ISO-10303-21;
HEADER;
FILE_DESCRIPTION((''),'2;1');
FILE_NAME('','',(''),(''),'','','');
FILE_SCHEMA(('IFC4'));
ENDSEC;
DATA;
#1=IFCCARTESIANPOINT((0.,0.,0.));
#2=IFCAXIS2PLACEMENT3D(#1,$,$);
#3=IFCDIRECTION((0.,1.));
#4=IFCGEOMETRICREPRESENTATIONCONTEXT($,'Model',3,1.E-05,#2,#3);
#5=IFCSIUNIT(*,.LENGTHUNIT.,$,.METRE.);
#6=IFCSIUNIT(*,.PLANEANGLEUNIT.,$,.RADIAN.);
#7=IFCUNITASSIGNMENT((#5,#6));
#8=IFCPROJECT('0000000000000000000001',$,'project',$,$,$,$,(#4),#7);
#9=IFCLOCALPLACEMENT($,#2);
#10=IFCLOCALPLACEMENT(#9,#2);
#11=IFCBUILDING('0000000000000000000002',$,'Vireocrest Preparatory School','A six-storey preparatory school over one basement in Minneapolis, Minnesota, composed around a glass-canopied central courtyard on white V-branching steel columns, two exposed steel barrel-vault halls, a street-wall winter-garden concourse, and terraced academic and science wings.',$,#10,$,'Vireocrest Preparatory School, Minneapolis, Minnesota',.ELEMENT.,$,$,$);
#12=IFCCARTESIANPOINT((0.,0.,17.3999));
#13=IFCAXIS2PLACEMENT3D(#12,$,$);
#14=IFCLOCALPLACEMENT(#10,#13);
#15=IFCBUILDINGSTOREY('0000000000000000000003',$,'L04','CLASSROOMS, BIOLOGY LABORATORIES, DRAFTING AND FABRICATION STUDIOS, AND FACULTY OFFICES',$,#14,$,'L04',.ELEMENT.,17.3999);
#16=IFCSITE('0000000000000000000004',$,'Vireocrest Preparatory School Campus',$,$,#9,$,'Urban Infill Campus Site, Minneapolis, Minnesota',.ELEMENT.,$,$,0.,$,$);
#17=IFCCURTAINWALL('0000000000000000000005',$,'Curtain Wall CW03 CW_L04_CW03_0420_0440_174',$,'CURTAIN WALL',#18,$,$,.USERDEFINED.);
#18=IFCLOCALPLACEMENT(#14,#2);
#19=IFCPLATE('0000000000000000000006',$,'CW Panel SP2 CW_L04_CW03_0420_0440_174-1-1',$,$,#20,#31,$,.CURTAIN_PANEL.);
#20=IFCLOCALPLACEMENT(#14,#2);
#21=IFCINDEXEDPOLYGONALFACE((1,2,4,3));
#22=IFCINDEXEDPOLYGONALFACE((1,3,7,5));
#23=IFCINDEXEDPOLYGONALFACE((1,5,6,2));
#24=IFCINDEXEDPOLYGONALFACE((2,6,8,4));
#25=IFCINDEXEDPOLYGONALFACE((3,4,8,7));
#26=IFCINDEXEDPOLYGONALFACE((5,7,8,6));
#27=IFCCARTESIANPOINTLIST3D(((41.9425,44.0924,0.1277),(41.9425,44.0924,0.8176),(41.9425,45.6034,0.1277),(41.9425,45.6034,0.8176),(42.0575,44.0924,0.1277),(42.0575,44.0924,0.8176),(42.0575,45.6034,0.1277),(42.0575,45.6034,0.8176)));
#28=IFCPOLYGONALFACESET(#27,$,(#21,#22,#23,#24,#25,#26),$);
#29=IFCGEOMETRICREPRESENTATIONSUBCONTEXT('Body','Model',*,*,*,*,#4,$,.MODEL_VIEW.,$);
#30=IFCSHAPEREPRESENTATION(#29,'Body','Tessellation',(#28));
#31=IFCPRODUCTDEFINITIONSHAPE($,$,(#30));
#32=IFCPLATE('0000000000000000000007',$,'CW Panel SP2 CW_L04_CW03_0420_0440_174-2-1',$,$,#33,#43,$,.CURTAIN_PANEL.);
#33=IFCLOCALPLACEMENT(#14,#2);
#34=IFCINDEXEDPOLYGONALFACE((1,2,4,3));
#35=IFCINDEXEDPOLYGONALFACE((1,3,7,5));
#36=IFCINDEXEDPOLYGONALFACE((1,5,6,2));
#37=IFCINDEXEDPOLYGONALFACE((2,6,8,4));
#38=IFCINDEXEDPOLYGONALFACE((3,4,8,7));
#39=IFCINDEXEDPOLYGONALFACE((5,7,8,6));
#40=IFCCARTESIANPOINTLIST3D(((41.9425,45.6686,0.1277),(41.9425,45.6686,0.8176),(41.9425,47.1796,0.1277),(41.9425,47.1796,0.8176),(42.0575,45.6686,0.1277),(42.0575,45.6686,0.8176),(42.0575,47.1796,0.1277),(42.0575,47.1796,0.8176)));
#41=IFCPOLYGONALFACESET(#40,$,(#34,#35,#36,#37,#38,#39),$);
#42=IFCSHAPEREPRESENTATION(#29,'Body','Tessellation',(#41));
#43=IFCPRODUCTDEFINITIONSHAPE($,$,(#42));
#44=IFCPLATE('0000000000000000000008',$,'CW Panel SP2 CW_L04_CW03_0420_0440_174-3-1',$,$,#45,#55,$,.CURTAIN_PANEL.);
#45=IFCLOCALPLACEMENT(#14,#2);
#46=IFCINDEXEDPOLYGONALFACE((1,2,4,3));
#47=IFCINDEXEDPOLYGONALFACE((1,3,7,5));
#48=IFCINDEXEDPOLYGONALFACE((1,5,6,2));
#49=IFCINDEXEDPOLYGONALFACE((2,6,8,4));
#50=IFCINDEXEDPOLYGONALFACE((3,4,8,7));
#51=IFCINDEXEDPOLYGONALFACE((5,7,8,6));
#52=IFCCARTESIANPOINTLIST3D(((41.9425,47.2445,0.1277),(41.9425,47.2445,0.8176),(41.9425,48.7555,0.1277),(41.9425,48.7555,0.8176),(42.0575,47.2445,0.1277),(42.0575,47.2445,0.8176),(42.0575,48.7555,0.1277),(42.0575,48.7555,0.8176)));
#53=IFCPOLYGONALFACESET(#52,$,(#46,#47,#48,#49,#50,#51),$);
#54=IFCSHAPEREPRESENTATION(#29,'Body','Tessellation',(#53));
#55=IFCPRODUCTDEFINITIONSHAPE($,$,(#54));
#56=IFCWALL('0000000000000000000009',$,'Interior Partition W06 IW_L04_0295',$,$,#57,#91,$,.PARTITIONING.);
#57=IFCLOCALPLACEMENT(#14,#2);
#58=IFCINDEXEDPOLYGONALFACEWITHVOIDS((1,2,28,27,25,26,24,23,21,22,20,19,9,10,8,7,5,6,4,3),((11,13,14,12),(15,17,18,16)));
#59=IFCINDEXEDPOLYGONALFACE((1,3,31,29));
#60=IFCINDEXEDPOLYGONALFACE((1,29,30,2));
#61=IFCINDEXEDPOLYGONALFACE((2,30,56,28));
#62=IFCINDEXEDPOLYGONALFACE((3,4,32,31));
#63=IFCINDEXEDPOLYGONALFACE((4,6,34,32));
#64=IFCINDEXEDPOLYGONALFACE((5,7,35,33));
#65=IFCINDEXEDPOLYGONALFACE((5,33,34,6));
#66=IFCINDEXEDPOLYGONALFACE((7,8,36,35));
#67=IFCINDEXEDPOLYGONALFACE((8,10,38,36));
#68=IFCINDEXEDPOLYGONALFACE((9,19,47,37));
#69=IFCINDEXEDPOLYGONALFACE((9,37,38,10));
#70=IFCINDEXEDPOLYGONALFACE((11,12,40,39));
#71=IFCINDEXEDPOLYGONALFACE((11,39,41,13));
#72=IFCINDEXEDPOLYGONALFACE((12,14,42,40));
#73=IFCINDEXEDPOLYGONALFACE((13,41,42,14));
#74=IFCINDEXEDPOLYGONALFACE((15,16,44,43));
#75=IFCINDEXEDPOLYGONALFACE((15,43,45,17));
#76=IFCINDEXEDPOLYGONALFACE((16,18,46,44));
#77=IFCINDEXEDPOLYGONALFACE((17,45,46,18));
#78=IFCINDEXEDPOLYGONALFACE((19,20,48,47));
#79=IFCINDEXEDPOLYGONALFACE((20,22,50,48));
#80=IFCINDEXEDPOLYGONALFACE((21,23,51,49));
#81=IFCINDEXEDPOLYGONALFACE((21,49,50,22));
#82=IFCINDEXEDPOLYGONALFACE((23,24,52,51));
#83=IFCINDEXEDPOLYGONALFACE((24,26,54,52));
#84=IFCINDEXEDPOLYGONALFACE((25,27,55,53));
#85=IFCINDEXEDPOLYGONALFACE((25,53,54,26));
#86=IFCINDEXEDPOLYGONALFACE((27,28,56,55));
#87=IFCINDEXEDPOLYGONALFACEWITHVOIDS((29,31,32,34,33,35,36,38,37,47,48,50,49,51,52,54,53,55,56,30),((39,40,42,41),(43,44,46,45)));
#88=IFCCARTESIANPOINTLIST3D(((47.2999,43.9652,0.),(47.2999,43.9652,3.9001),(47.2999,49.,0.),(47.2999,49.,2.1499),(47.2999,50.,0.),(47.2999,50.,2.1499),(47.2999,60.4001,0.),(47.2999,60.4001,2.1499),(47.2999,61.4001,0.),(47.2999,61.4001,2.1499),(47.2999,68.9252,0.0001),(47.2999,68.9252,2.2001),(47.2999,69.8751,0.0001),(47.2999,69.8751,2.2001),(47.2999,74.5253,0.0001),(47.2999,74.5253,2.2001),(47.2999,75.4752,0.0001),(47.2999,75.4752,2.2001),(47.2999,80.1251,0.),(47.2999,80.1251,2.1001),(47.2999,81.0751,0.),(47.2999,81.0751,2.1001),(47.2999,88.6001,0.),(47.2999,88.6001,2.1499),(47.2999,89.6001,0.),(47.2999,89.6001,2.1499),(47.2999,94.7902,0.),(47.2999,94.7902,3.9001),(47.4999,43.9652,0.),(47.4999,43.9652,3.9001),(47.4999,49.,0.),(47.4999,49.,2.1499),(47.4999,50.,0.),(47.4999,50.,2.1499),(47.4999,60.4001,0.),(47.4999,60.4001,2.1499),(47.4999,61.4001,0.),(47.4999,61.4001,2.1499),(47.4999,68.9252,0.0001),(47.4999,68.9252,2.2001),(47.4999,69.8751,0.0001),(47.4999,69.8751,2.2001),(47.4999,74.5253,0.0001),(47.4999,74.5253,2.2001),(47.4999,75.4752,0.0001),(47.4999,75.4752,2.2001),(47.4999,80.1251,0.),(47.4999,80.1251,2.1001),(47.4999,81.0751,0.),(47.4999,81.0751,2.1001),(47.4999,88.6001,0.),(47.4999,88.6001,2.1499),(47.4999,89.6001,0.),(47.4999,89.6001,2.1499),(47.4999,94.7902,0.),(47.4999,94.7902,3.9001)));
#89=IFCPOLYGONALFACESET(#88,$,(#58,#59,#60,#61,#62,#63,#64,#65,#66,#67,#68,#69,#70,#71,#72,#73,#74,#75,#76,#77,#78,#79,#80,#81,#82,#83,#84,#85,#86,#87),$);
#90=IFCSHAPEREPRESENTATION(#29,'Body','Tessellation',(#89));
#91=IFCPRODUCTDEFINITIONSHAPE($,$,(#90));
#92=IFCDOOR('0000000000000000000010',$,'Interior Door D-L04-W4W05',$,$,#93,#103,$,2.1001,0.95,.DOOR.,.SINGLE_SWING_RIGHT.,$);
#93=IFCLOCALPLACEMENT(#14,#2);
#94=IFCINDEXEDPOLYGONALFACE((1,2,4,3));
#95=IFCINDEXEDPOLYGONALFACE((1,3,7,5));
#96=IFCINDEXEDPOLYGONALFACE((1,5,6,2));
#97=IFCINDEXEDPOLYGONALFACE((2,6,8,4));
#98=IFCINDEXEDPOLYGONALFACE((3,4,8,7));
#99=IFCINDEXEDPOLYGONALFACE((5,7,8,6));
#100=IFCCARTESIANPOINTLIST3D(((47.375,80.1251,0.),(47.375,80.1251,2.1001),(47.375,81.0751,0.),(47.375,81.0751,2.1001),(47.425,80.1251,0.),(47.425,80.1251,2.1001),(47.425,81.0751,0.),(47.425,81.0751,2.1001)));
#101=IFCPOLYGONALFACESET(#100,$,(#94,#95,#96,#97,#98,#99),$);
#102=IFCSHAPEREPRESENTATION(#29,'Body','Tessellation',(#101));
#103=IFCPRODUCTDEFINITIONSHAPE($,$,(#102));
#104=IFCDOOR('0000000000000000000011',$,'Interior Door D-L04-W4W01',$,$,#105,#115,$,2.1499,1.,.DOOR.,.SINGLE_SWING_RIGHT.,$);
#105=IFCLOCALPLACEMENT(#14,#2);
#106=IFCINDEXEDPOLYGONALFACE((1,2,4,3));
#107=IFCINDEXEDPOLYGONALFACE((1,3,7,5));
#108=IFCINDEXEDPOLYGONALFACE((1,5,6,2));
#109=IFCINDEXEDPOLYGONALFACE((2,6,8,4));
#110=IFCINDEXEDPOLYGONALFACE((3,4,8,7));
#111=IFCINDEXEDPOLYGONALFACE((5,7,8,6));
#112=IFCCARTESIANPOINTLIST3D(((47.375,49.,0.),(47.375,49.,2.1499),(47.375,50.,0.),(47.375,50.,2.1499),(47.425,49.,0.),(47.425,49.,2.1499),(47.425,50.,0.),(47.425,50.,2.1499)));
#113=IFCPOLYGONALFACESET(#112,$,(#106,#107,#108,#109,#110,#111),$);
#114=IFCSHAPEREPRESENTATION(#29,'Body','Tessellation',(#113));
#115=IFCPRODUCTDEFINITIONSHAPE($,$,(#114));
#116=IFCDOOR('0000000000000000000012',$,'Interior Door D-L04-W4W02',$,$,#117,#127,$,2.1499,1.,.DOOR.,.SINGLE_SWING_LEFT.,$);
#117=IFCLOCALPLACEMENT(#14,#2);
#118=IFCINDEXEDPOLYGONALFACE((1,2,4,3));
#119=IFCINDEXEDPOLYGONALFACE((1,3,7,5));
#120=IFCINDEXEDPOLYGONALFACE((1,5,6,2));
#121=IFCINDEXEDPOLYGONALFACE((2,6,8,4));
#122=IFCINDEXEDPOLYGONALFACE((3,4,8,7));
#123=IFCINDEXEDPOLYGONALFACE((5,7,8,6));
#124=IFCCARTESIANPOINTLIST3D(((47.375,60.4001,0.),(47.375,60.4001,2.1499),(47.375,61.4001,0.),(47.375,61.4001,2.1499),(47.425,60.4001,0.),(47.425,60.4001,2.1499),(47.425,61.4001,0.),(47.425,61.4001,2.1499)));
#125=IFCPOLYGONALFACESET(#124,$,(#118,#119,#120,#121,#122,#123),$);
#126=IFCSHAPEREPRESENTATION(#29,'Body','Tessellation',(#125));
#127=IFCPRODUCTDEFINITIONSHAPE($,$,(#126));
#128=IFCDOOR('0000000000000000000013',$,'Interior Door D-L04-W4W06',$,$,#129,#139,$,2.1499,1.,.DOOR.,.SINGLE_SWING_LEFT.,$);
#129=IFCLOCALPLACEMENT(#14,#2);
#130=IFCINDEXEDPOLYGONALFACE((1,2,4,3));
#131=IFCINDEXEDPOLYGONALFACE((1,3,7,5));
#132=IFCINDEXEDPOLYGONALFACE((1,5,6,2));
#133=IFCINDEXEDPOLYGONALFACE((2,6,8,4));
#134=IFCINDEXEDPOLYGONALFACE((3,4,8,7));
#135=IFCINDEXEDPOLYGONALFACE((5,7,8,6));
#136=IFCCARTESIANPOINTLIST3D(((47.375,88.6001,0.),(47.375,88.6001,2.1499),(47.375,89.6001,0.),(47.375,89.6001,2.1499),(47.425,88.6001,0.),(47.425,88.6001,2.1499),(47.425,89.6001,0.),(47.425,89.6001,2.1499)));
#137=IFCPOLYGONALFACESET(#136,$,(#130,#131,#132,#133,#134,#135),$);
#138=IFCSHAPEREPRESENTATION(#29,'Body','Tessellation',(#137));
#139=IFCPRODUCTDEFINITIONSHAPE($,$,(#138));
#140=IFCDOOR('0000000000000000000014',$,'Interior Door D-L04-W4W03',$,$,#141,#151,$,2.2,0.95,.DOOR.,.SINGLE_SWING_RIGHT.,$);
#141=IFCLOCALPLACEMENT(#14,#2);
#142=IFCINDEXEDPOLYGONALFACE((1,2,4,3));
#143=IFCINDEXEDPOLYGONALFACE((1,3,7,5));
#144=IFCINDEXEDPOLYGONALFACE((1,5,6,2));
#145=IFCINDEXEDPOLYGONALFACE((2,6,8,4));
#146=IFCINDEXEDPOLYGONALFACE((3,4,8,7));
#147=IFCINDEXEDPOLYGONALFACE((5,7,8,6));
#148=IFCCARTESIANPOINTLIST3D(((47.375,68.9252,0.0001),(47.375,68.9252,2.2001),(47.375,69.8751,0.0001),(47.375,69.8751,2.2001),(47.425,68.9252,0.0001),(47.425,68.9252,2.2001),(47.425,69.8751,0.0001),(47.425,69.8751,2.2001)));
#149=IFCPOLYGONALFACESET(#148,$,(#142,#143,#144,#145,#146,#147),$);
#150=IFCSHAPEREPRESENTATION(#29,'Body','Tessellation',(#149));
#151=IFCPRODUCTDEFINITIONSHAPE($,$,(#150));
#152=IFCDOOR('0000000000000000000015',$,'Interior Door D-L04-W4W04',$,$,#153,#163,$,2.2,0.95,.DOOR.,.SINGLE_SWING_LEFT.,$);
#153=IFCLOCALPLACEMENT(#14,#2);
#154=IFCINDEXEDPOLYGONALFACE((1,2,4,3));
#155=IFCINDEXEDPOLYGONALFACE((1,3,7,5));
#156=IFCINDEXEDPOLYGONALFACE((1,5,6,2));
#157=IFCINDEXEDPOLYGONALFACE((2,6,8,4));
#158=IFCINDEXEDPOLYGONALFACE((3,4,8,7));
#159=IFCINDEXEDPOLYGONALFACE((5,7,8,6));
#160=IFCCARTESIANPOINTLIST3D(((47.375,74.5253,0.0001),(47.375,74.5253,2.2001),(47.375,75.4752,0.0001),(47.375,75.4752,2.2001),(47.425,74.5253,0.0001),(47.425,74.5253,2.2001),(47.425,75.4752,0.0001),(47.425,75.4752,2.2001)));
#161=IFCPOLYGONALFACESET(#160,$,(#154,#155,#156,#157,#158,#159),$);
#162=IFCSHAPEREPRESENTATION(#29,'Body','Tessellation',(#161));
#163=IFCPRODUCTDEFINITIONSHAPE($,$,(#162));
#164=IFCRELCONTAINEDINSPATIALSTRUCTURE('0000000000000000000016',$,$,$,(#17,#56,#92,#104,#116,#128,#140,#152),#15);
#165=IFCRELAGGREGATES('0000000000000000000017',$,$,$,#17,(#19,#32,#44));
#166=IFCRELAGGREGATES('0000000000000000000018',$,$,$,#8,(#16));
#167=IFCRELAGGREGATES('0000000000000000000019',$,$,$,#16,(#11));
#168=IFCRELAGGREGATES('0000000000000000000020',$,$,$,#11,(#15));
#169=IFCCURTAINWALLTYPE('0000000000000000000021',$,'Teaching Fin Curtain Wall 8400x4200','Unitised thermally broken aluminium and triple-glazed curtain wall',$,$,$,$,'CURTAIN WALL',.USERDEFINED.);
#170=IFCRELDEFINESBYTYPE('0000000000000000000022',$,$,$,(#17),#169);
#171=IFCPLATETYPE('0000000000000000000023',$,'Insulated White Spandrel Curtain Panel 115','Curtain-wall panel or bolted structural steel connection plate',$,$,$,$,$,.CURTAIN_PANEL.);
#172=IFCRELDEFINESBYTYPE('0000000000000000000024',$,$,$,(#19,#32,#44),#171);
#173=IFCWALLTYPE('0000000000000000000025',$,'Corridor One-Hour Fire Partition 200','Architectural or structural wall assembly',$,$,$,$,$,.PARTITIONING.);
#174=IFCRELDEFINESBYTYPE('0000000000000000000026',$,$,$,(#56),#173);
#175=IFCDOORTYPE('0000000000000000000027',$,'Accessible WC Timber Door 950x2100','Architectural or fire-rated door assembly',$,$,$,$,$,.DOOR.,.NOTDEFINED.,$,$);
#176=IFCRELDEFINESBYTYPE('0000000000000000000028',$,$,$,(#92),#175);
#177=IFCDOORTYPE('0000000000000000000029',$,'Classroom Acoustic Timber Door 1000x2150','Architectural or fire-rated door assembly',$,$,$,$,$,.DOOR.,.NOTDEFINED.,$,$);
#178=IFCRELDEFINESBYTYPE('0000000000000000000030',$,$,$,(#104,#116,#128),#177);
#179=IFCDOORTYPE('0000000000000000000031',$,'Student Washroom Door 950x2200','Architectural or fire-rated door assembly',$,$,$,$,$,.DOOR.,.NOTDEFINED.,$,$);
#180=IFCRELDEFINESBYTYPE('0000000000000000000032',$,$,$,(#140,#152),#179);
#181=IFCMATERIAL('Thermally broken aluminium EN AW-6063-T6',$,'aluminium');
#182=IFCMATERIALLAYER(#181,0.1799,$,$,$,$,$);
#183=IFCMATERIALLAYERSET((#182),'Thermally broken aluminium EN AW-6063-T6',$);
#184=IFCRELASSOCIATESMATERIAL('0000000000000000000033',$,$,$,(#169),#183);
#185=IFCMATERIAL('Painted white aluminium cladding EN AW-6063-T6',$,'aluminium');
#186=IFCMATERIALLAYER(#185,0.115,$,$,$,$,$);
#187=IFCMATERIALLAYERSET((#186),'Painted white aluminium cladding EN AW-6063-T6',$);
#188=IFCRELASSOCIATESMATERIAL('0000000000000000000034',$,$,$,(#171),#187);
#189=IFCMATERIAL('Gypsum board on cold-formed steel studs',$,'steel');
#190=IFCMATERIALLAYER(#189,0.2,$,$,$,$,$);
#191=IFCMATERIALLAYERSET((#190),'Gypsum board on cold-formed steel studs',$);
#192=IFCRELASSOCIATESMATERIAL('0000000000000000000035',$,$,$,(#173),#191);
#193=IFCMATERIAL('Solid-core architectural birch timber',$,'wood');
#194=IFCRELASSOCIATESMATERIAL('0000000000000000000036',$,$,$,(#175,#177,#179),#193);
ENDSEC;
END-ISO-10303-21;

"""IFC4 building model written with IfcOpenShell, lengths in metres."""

from ifc_helpers import new_model, si_unit, direction, frame, frame_2d, origin, origin_2d, place, context, subcontext, project, spatial, rectangle, extrude, material, layer, layer_set, type_object, element, fill, aggregate, save


model = new_model("IFC4")

# Units and contexts
model_context = context("Model", 3, precision=1e-05, world=origin(), true_north=direction((0.0, 1.0)))
body_context = subcontext(model_context, "Body", "Model", "MODEL_VIEW")
ifc_project = project(units=[si_unit("LENGTHUNIT", "METRE"), si_unit("PLANEANGLEUNIT", "RADIAN")], contexts=[model_context])

# Site, building, storey
site_placement = place(None, origin())
site = spatial("IfcSite", under=ifc_project, at=site_placement, Name="Vireocrest Preparatory School Campus", LongName="Urban Infill Campus Site, Minneapolis, Minnesota", CompositionType="ELEMENT", RefElevation=0.0)
building_placement = place(site_placement, origin())
building = spatial("IfcBuilding", under=site, at=building_placement, Name="Vireocrest Preparatory School", Description="A six-storey preparatory school over one basement in Minneapolis, Minnesota, composed around a glass-canopied central courtyard on white V-branching steel columns, two exposed steel barrel-vault halls, a street-wall winter-garden concourse, and terraced academic and science wings.", LongName="Vireocrest Preparatory School, Minneapolis, Minnesota", CompositionType="ELEMENT")
storey_placement = place(building_placement, frame((0.0, 0.0, 17.3999)))
storey = spatial("IfcBuildingStorey", under=building, at=storey_placement, Name="L04", Description="CLASSROOMS, BIOLOGY LABORATORIES, DRAFTING AND FABRICATION STUDIOS, AND FACULTY OFFICES", LongName="L04", CompositionType="ELEMENT", Elevation=17.3999)

# Curtain wall
ifc_material_1 = material(Name="Thermally broken aluminium EN AW-6063-T6", Category="aluminium")
ifc_layer_1 = layer(ifc_material_1, 0.1799)
ifc_layer_set_1 = layer_set([ifc_layer_1], Name="Thermally broken aluminium EN AW-6063-T6")
curtain_wall_type = type_object("IfcCurtainWallType", Name="Teaching Fin Curtain Wall 8400x4200", Description="Unitised thermally broken aluminium and triple-glazed curtain wall", ElementType="CURTAIN WALL", PredefinedType="USERDEFINED", material=ifc_layer_set_1)
curtain_wall_placement = place(storey_placement, origin())
curtain_wall = element("IfcCurtainWall", 1, at=curtain_wall_placement, inside=storey, type_object=curtain_wall_type, Name="Curtain Wall CW03 CW_L04_CW03_0420_0440_174", ObjectType="CURTAIN WALL", PredefinedType="USERDEFINED")

# Plates
ifc_material_2 = material(Name="Painted white aluminium cladding EN AW-6063-T6", Category="aluminium")
ifc_layer_2 = layer(ifc_material_2, 0.115)
ifc_layer_set_2 = layer_set([ifc_layer_2], Name="Painted white aluminium cladding EN AW-6063-T6")
plate_type_1 = type_object("IfcPlateType", Name="Insulated White Spandrel Curtain Panel 115", Description="Curtain-wall panel or bolted structural steel connection plate", PredefinedType="CURTAIN_PANEL", material=ifc_layer_set_2)
plate_1_placement = place(storey_placement, frame((42.0, 44.8479, 0.1277), z_axis=(0.0, 0.0, 1.0), x_axis=(0.0, 1.0, 0.0)))
plate_1 = element("IfcPlate", 2, at=plate_1_placement, type_object=plate_type_1, Name="CW Panel SP2 CW_L04_CW03_0420_0440_174-1-1", PredefinedType="CURTAIN_PANEL", context=body_context, shape_type="SweptSolid", body=[
    extrude(rectangle(XDim=1.511, YDim=0.115, at=origin_2d()), origin(), (0.0, 0.0, 1.0), 0.6899),
])
plate_2_placement = place(storey_placement, frame((42.0, 46.4241, 0.1277), z_axis=(0.0, 0.0, 1.0), x_axis=(0.0, 1.0, 0.0)))
plate_2 = element("IfcPlate", 3, at=plate_2_placement, type_object=plate_type_1, Name="CW Panel SP2 CW_L04_CW03_0420_0440_174-2-1", PredefinedType="CURTAIN_PANEL", context=body_context, shape_type="SweptSolid", body=[
    extrude(rectangle(XDim=1.511, YDim=0.115, at=origin_2d()), origin(), (0.0, 0.0, 1.0), 0.6899),
])
plate_3_placement = place(storey_placement, frame((42.0, 48.0, 0.1277), z_axis=(0.0, 0.0, 1.0), x_axis=(0.0, 1.0, 0.0)))
plate_3 = element("IfcPlate", 4, at=plate_3_placement, type_object=plate_type_1, Name="CW Panel SP2 CW_L04_CW03_0420_0440_174-3-1", PredefinedType="CURTAIN_PANEL", context=body_context, shape_type="SweptSolid", body=[
    extrude(rectangle(XDim=1.511, YDim=0.115, at=origin_2d()), origin(), (0.0, 0.0, 1.0), 0.6899),
])
aggregate(curtain_wall, [plate_1, plate_2, plate_3])

# Wall, openings, doors
ifc_material_3 = material(Name="Gypsum board on cold-formed steel studs", Category="steel")
ifc_layer_3 = layer(ifc_material_3, 0.2)
ifc_layer_set_3 = layer_set([ifc_layer_3], Name="Gypsum board on cold-formed steel studs")
wall_type_1 = type_object("IfcWallType", Name="Corridor One-Hour Fire Partition 200", Description="Architectural or structural wall assembly", PredefinedType="PARTITIONING", material=ifc_layer_set_3)
wall_1_placement = place(storey_placement, frame((47.3999, 43.9651, 0.0), z_axis=(0.0, 0.0, 1.0), x_axis=(0.0, 1.0, 0.0)))
wall_1 = element("IfcWall", 5, at=wall_1_placement, inside=storey, type_object=wall_type_1, Name="Interior Partition W06 IW_L04_0295", PredefinedType="PARTITIONING", context=body_context, shape_type="SweptSolid", body=[
    extrude(rectangle(XDim=50.825, YDim=0.2, at=frame_2d((25.4126, 0.0))), origin(), (0.0, 0.0, 1.0), 3.9001),
])
opening_1_placement = place(wall_1_placement, frame((5.0349, 0.0, 0.0)))
opening_1 = element("IfcOpeningElement", 6, at=opening_1_placement, cuts=wall_1, PredefinedType="OPENING", context=body_context, shape_type="SweptSolid", body=[
    extrude(rectangle(XDim=1.0, YDim=2.1499, at=frame_2d((0.5, 1.075))), frame((0.0, 0.1099, 0.0), z_axis=(0.0, -1.0, 0.0), x_axis=(1.0, 0.0, 0.0)), (0.0, 0.0, 1.0), 0.22),
])
opening_2_placement = place(wall_1_placement, frame((16.4351, 0.0, 0.0)))
opening_2 = element("IfcOpeningElement", 7, at=opening_2_placement, cuts=wall_1, PredefinedType="OPENING", context=body_context, shape_type="SweptSolid", body=[
    extrude(rectangle(XDim=1.0, YDim=2.1499, at=frame_2d((0.5, 1.075))), frame((0.0, 0.1099, 0.0), z_axis=(0.0, -1.0, 0.0), x_axis=(1.0, 0.0, 0.0)), (0.0, 0.0, 1.0), 0.22),
])
opening_3_placement = place(wall_1_placement, frame((24.96, 0.0, 0.0)))
opening_3 = element("IfcOpeningElement", 8, at=opening_3_placement, cuts=wall_1, PredefinedType="OPENING", context=body_context, shape_type="SweptSolid", body=[
    extrude(rectangle(XDim=0.95, YDim=2.2, at=frame_2d((0.4751, 1.1001))), frame((0.0, 0.1099, 0.0), z_axis=(0.0, -1.0, 0.0), x_axis=(1.0, 0.0, 0.0)), (0.0, 0.0, 1.0), 0.22),
])
opening_4_placement = place(wall_1_placement, frame((30.5601, 0.0, 0.0)))
opening_4 = element("IfcOpeningElement", 9, at=opening_4_placement, cuts=wall_1, PredefinedType="OPENING", context=body_context, shape_type="SweptSolid", body=[
    extrude(rectangle(XDim=0.95, YDim=2.2, at=frame_2d((0.4751, 1.1001))), frame((0.0, 0.1099, 0.0), z_axis=(0.0, -1.0, 0.0), x_axis=(1.0, 0.0, 0.0)), (0.0, 0.0, 1.0), 0.22),
])
opening_5_placement = place(wall_1_placement, frame((36.1599, 0.0, 0.0)))
opening_5 = element("IfcOpeningElement", 10, at=opening_5_placement, cuts=wall_1, PredefinedType="OPENING", context=body_context, shape_type="SweptSolid", body=[
    extrude(rectangle(XDim=0.95, YDim=2.1001, at=frame_2d((0.4751, 1.05))), frame((0.0, 0.1099, 0.0), z_axis=(0.0, -1.0, 0.0), x_axis=(1.0, 0.0, 0.0)), (0.0, 0.0, 1.0), 0.22),
])
opening_6_placement = place(wall_1_placement, frame((44.635, 0.0, 0.0)))
opening_6 = element("IfcOpeningElement", 11, at=opening_6_placement, cuts=wall_1, PredefinedType="OPENING", context=body_context, shape_type="SweptSolid", body=[
    extrude(rectangle(XDim=1.0, YDim=2.1499, at=frame_2d((0.5, 1.075))), frame((0.0, 0.1099, 0.0), z_axis=(0.0, -1.0, 0.0), x_axis=(1.0, 0.0, 0.0)), (0.0, 0.0, 1.0), 0.22),
])
ifc_material_4 = material(Name="Solid-core architectural birch timber", Category="wood")
door_type_1 = type_object("IfcDoorType", Name="Accessible WC Timber Door 950x2100", Description="Architectural or fire-rated door assembly", OperationType="NOTDEFINED", PredefinedType="DOOR", material=ifc_material_4)
door_1_placement = place(opening_5_placement, origin())
door_1 = element("IfcDoor", 12, at=door_1_placement, inside=storey, type_object=door_type_1, Name="Interior Door D-L04-W4W05", OperationType="SINGLE_SWING_RIGHT", OverallHeight=2.1001, OverallWidth=0.95, PredefinedType="DOOR", context=body_context, shape_type="SweptSolid", body=[
    extrude(rectangle(XDim=0.95, YDim=2.1001, at=frame_2d((0.4751, 1.05))), frame((0.0, 0.0249, 0.0), z_axis=(0.0, -1.0, 0.0), x_axis=(1.0, 0.0, 0.0)), (0.0, 0.0, 1.0), 0.05),
])
fill(opening_5, door_1)
door_type_2 = type_object("IfcDoorType", Name="Classroom Acoustic Timber Door 1000x2150", Description="Architectural or fire-rated door assembly", OperationType="NOTDEFINED", PredefinedType="DOOR", material=ifc_material_4)
door_2_placement = place(opening_1_placement, origin())
door_2 = element("IfcDoor", 13, at=door_2_placement, inside=storey, type_object=door_type_2, Name="Interior Door D-L04-W4W01", OperationType="SINGLE_SWING_RIGHT", OverallHeight=2.1499, OverallWidth=1.0, PredefinedType="DOOR", context=body_context, shape_type="SweptSolid", body=[
    extrude(rectangle(XDim=1.0, YDim=2.1499, at=frame_2d((0.5, 1.075))), frame((0.0, 0.0249, 0.0), z_axis=(0.0, -1.0, 0.0), x_axis=(1.0, 0.0, 0.0)), (0.0, 0.0, 1.0), 0.05),
])
fill(opening_1, door_2)
door_3_placement = place(opening_2_placement, origin())
door_3 = element("IfcDoor", 14, at=door_3_placement, inside=storey, type_object=door_type_2, Name="Interior Door D-L04-W4W02", OperationType="SINGLE_SWING_LEFT", OverallHeight=2.1499, OverallWidth=1.0, PredefinedType="DOOR", context=body_context, shape_type="SweptSolid", body=[
    extrude(rectangle(XDim=1.0, YDim=2.1499, at=frame_2d((0.5, 1.075))), frame((0.0, 0.0249, 0.0), z_axis=(0.0, -1.0, 0.0), x_axis=(1.0, 0.0, 0.0)), (0.0, 0.0, 1.0), 0.05),
])
fill(opening_2, door_3)
door_4_placement = place(opening_6_placement, origin())
door_4 = element("IfcDoor", 15, at=door_4_placement, inside=storey, type_object=door_type_2, Name="Interior Door D-L04-W4W06", OperationType="SINGLE_SWING_LEFT", OverallHeight=2.1499, OverallWidth=1.0, PredefinedType="DOOR", context=body_context, shape_type="SweptSolid", body=[
    extrude(rectangle(XDim=1.0, YDim=2.1499, at=frame_2d((0.5, 1.075))), frame((0.0, 0.0249, 0.0), z_axis=(0.0, -1.0, 0.0), x_axis=(1.0, 0.0, 0.0)), (0.0, 0.0, 1.0), 0.05),
])
fill(opening_6, door_4)
door_type_3 = type_object("IfcDoorType", Name="Student Washroom Door 950x2200", Description="Architectural or fire-rated door assembly", OperationType="NOTDEFINED", PredefinedType="DOOR", material=ifc_material_4)
door_5_placement = place(opening_3_placement, origin())
door_5 = element("IfcDoor", 16, at=door_5_placement, inside=storey, type_object=door_type_3, Name="Interior Door D-L04-W4W03", OperationType="SINGLE_SWING_RIGHT", OverallHeight=2.2, OverallWidth=0.95, PredefinedType="DOOR", context=body_context, shape_type="SweptSolid", body=[
    extrude(rectangle(XDim=0.95, YDim=2.2, at=frame_2d((0.4751, 1.1001))), frame((0.0, 0.0249, 0.0), z_axis=(0.0, -1.0, 0.0), x_axis=(1.0, 0.0, 0.0)), (0.0, 0.0, 1.0), 0.05),
])
fill(opening_3, door_5)
door_6_placement = place(opening_4_placement, origin())
door_6 = element("IfcDoor", 17, at=door_6_placement, inside=storey, type_object=door_type_3, Name="Interior Door D-L04-W4W04", OperationType="SINGLE_SWING_LEFT", OverallHeight=2.2, OverallWidth=0.95, PredefinedType="DOOR", context=body_context, shape_type="SweptSolid", body=[
    extrude(rectangle(XDim=0.95, YDim=2.2, at=frame_2d((0.4751, 1.1001))), frame((0.0, 0.0249, 0.0), z_axis=(0.0, -1.0, 0.0), x_axis=(1.0, 0.0, 0.0)), (0.0, 0.0, 1.0), 0.05),
])
fill(opening_4, door_6)

save(model, "model.ifc")
